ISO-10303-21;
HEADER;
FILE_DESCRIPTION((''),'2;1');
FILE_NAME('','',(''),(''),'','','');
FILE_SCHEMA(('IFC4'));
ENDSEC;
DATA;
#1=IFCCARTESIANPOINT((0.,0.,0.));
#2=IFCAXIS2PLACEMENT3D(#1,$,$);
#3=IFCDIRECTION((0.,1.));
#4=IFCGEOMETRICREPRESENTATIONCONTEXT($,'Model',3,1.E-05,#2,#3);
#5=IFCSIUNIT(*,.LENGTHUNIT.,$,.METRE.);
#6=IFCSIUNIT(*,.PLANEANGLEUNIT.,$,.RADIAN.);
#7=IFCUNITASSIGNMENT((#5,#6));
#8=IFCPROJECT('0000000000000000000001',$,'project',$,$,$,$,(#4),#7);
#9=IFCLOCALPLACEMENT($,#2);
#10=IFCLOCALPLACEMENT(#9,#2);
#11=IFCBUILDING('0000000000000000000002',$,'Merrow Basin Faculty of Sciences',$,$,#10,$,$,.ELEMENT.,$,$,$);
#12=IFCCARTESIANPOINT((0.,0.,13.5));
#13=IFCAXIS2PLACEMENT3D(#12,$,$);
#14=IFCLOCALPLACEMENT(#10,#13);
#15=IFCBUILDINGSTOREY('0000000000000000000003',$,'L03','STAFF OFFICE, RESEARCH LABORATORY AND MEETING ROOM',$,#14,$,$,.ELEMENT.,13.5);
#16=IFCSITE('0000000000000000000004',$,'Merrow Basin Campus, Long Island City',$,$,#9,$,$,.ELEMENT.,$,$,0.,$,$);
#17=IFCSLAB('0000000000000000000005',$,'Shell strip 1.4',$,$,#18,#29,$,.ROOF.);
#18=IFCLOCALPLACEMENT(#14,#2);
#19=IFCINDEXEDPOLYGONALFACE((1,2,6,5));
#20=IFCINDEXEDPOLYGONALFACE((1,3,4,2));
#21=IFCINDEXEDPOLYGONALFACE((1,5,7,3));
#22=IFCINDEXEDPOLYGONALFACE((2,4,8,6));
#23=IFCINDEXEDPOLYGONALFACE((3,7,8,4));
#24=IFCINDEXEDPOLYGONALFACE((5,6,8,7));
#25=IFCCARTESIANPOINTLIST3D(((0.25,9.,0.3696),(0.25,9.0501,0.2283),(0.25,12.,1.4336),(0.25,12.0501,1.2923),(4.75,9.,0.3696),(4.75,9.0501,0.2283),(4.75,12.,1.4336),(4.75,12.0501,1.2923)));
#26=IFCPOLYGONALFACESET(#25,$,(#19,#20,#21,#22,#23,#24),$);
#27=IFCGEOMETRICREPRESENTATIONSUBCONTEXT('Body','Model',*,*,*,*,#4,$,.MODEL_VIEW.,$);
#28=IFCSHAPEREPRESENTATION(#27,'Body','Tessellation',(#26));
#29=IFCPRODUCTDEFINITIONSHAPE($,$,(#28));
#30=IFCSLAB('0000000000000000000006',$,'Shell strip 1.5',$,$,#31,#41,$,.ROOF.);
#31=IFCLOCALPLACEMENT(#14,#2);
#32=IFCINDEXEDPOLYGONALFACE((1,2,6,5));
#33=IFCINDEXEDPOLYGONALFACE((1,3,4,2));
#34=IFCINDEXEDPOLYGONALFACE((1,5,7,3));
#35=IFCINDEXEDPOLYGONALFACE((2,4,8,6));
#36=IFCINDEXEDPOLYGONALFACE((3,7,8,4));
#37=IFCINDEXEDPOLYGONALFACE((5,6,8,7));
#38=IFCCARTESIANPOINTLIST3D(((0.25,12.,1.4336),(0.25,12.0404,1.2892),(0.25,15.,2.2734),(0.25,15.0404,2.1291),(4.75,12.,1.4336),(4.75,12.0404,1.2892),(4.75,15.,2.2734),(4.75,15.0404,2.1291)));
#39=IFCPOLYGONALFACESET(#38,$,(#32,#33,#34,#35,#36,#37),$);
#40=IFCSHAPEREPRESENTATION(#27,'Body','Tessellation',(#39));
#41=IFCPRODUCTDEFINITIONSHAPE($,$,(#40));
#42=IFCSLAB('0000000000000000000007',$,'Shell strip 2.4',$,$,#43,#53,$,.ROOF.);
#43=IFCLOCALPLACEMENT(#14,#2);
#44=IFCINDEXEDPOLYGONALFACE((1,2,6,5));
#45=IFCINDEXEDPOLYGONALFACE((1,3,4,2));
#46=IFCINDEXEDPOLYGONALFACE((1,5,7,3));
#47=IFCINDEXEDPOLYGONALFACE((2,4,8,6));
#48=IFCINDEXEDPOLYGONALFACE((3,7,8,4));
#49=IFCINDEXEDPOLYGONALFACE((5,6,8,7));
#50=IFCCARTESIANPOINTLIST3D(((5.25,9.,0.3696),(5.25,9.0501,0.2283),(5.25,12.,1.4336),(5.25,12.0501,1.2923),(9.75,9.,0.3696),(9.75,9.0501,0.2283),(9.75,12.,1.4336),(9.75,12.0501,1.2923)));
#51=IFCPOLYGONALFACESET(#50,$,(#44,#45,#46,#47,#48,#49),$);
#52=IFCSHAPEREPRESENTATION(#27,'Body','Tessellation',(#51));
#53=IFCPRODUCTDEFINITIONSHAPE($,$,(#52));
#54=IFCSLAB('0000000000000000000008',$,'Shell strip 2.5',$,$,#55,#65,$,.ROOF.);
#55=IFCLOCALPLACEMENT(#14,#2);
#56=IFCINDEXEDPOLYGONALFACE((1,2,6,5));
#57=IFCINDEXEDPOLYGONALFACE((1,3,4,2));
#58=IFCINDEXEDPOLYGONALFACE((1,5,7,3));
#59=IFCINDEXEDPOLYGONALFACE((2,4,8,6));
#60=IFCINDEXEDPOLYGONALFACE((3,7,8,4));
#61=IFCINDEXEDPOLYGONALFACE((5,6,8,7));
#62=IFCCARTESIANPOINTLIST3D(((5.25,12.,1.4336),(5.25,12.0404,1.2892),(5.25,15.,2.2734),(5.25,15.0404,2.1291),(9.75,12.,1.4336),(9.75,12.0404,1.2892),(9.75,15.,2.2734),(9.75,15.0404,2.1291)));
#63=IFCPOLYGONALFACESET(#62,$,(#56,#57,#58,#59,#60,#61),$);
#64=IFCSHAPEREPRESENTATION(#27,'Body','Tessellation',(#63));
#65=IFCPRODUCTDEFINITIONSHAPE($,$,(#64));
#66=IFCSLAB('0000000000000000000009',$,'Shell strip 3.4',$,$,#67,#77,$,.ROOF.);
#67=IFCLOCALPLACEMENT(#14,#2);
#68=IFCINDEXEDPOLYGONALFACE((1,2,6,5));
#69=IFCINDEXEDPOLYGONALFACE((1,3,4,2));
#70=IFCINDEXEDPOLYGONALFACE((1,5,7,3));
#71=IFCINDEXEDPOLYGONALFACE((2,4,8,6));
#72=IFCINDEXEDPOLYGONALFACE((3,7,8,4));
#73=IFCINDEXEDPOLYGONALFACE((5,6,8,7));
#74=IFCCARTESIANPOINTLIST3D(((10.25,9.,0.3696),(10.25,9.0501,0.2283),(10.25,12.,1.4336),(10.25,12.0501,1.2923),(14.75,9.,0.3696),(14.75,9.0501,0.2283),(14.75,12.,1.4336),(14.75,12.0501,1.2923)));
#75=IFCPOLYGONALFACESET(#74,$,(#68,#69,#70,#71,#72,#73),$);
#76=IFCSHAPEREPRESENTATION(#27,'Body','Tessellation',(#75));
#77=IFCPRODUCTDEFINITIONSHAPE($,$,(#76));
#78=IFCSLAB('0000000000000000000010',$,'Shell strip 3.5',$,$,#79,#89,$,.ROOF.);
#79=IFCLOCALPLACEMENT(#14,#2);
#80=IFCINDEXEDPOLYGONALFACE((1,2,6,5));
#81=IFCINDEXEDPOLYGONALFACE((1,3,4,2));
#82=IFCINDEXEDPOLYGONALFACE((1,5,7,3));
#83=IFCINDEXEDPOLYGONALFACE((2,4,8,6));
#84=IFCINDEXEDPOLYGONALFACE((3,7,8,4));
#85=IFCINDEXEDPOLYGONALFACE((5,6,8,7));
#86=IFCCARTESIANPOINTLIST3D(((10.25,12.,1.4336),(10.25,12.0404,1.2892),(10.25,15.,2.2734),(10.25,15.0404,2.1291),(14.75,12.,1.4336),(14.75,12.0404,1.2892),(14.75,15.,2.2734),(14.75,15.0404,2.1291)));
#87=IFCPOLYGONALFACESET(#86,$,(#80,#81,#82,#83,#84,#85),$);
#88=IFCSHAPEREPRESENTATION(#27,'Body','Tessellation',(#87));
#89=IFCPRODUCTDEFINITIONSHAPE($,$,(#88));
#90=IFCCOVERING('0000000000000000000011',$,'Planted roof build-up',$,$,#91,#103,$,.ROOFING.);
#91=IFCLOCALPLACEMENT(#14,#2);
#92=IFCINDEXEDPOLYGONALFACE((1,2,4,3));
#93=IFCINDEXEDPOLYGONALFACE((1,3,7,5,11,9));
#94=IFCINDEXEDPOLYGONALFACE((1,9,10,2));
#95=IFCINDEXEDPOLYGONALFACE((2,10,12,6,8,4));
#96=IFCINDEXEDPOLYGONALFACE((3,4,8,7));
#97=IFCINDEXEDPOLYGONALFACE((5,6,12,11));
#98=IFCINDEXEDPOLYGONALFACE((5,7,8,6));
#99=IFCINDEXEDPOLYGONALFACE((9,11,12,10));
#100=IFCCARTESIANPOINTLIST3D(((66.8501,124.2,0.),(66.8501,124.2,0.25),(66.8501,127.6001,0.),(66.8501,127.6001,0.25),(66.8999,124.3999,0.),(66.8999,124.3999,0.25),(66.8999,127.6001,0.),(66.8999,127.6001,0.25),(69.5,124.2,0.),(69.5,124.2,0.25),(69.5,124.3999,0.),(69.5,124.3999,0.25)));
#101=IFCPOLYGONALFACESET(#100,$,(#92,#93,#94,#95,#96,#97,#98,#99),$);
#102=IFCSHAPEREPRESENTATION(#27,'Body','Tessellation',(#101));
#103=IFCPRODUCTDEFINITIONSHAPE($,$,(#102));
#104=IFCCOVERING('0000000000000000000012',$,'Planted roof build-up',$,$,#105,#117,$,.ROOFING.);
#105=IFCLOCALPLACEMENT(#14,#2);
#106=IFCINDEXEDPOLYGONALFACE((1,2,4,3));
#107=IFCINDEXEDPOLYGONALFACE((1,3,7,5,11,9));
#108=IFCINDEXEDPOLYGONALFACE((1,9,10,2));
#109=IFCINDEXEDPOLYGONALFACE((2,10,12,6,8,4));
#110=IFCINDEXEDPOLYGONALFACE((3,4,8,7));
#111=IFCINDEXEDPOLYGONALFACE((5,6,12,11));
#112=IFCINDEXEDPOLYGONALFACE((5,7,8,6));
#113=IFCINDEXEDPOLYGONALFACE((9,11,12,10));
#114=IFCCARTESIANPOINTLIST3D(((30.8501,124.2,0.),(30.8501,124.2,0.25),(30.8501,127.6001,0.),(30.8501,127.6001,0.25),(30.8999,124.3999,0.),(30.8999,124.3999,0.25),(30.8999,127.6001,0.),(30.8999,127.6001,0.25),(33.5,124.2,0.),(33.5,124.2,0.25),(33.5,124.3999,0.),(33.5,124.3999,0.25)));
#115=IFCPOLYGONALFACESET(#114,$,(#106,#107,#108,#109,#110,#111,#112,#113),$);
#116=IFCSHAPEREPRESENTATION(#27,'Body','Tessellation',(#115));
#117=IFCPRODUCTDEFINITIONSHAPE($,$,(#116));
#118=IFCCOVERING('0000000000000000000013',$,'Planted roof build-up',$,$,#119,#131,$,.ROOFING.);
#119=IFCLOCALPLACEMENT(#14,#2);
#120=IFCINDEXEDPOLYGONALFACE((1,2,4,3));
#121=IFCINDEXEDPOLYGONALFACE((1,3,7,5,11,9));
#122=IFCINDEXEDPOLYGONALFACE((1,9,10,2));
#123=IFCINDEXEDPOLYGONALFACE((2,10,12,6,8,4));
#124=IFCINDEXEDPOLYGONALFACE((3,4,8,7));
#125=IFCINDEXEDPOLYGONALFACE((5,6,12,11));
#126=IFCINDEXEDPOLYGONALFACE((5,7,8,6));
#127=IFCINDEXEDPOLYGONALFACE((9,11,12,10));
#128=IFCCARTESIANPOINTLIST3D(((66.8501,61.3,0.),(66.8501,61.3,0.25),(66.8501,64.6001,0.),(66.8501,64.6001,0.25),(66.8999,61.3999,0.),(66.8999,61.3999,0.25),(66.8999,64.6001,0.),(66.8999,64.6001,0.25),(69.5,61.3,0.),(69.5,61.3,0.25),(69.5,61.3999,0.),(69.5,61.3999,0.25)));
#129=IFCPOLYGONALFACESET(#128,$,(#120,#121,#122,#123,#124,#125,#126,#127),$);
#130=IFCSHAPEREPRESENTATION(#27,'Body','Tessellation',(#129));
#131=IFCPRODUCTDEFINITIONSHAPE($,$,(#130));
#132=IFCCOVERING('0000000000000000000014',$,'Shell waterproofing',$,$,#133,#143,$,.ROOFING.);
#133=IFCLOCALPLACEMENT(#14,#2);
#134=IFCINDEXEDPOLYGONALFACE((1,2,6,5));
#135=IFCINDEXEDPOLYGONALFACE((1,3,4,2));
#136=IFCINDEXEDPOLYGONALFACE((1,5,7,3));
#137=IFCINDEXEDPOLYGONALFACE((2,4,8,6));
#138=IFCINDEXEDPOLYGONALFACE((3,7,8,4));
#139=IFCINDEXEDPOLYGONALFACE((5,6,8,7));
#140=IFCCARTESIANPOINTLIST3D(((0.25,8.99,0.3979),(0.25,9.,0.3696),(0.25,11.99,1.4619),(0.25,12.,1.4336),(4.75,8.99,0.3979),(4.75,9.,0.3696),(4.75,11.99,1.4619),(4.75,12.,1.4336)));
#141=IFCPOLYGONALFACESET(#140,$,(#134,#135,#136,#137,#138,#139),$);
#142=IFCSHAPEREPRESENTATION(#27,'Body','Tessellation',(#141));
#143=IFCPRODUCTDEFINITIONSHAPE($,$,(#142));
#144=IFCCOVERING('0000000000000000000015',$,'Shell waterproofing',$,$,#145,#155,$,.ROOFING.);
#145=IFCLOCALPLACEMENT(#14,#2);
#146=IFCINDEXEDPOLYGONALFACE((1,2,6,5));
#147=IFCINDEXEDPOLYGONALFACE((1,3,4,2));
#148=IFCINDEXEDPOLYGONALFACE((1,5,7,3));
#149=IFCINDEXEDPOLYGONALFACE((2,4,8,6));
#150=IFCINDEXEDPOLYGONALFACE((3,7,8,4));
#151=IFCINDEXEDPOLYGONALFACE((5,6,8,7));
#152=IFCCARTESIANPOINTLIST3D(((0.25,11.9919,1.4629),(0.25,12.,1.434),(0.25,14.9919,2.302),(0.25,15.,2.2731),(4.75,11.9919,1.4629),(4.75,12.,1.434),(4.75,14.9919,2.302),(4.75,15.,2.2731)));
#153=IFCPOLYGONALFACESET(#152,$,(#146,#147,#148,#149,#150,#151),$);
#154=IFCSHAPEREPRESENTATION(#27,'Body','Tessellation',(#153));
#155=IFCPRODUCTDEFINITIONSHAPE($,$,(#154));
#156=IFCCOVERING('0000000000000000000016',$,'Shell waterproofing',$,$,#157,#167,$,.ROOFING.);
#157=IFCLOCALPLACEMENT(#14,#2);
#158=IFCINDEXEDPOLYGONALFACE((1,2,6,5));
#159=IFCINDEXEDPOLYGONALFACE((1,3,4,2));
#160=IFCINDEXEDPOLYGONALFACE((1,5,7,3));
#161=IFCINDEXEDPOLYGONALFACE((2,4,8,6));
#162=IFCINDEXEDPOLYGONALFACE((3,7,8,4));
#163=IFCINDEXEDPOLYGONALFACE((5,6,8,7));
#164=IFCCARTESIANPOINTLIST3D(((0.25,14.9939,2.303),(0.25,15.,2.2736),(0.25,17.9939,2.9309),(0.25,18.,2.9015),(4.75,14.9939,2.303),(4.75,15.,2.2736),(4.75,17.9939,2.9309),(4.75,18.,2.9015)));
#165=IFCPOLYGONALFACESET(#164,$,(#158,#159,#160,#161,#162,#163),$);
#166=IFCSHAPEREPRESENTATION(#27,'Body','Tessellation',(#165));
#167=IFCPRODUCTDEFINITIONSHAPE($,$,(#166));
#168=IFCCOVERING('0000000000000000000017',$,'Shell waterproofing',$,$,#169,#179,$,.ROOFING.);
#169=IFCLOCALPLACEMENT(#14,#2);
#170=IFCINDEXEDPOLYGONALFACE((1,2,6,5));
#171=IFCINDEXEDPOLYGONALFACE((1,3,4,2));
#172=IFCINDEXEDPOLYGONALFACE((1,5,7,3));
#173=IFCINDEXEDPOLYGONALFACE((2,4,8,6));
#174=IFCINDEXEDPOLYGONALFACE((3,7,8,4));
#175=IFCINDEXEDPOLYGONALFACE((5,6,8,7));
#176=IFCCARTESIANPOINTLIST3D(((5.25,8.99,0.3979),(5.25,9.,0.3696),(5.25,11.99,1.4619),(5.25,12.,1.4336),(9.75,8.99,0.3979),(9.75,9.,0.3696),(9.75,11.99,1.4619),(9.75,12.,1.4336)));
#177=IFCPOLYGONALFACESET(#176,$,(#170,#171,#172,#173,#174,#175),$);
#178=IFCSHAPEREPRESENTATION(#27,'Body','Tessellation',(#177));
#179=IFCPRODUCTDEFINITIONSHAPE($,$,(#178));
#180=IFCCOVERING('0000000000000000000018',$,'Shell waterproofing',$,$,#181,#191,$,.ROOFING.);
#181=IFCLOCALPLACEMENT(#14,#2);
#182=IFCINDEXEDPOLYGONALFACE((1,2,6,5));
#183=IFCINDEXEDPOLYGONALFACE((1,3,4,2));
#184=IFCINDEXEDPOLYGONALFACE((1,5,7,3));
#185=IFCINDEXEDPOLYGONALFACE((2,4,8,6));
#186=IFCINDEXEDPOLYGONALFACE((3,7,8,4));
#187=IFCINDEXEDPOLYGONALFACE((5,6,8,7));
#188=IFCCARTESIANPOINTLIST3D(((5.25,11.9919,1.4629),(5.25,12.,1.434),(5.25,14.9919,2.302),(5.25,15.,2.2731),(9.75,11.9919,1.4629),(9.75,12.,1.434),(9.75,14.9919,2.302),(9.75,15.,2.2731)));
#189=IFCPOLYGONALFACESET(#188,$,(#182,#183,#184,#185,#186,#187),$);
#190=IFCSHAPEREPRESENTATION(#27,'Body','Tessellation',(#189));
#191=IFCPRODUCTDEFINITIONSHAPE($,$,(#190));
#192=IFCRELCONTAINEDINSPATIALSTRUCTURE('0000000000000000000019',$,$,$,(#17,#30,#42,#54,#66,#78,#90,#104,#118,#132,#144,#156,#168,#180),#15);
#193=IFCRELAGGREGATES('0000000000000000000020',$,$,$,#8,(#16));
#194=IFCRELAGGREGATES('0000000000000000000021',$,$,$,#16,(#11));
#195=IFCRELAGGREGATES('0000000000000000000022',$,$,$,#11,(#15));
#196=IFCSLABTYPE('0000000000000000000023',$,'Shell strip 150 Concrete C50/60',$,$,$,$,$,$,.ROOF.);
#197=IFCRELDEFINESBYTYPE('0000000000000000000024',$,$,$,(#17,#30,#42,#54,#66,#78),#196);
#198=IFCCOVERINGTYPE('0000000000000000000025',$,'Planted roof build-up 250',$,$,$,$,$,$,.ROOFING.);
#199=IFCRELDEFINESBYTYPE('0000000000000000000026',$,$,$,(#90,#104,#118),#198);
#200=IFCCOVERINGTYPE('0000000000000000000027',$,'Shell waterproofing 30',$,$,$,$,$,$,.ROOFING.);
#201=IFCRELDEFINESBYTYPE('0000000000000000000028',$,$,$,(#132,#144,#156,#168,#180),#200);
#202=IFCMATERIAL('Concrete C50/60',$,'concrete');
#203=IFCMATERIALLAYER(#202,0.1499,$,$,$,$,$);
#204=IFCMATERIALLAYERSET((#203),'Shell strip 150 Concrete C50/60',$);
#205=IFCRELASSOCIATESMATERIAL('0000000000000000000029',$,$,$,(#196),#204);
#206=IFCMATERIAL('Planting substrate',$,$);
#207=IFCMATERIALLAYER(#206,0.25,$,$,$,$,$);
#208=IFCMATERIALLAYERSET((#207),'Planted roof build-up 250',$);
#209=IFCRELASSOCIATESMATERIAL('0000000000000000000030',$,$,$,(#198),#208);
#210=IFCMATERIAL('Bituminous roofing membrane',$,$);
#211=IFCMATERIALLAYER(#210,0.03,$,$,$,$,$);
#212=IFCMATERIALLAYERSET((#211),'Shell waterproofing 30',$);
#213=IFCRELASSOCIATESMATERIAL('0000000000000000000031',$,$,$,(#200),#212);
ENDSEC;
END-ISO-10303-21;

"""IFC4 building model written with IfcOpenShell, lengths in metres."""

from ifc_helpers import new_model, si_unit, direction, frame, origin, place, context, subcontext, project, spatial, polyline, outline, extrude, material, layer, layer_set, type_object, element, save


model = new_model("IFC4")

# Units and contexts
model_context = context("Model", 3, precision=1e-05, world=origin(), true_north=direction((0.0, 1.0)))
body_context = subcontext(model_context, "Body", "Model", "MODEL_VIEW")
ifc_project = project(units=[si_unit("LENGTHUNIT", "METRE"), si_unit("PLANEANGLEUNIT", "RADIAN")], contexts=[model_context])

# Site, building, storey
site_placement = place(None, origin())
site = spatial("IfcSite", under=ifc_project, at=site_placement, Name="Merrow Basin Campus, Long Island City", CompositionType="ELEMENT", RefElevation=0.0)
building_placement = place(site_placement, origin())
building = spatial("IfcBuilding", under=site, at=building_placement, Name="Merrow Basin Faculty of Sciences", CompositionType="ELEMENT")
storey_placement = place(building_placement, frame((0.0, 0.0, 13.5)))
storey = spatial("IfcBuildingStorey", under=building, at=storey_placement, Name="L03", Description="STAFF OFFICE, RESEARCH LABORATORY AND MEETING ROOM", CompositionType="ELEMENT", Elevation=13.5)

# Slabs
ifc_material_1 = material(Name="Concrete C50/60", Category="concrete")
ifc_layer_1 = layer(ifc_material_1, 0.1499)
ifc_layer_set_1 = layer_set([ifc_layer_1], Name="Shell strip 150 Concrete C50/60")
slab_type = type_object("IfcSlabType", Name="Shell strip 150 Concrete C50/60", PredefinedType="ROOF", material=ifc_layer_set_1)
slab_1_placement = place(storey_placement, frame((0.25, 9.0, 0.3696), z_axis=(0.0, -0.334256, 0.942482), x_axis=(1.0, 0.0, 0.0)))
element("IfcSlab", 1, at=slab_1_placement, inside=storey, type_object=slab_type, Name="Shell strip 1.4", PredefinedType="ROOF", context=body_context, shape_type="SweptSolid", body=[
    extrude(outline(polyline([(0.0, 0.0), (4.5, 0.0), (4.5, 3.1831), (0.0, 3.1831), (0.0, 0.0)])), origin(), (0.0, 0.0, -1.0), 0.1499),
])
slab_2_placement = place(storey_placement, frame((0.25, 12.0, 1.4336), z_axis=(0.0, -0.269583, 0.962977), x_axis=(1.0, 0.0, 0.0)))
element("IfcSlab", 2, at=slab_2_placement, inside=storey, type_object=slab_type, Name="Shell strip 1.5", PredefinedType="ROOF", context=body_context, shape_type="SweptSolid", body=[
    extrude(outline(polyline([(0.0, 0.0), (4.5, 0.0), (4.5, 3.1153), (0.0, 3.1153), (0.0, 0.0)])), origin(), (0.0, 0.0, -1.0), 0.1499),
])
slab_3_placement = place(storey_placement, frame((5.25, 9.0, 0.3696), z_axis=(0.0, -0.334256, 0.942482), x_axis=(1.0, 0.0, 0.0)))
element("IfcSlab", 3, at=slab_3_placement, inside=storey, type_object=slab_type, Name="Shell strip 2.4", PredefinedType="ROOF", context=body_context, shape_type="SweptSolid", body=[
    extrude(outline(polyline([(0.0, 0.0), (4.5, 0.0), (4.5, 3.1831), (0.0, 3.1831), (0.0, 0.0)])), origin(), (0.0, 0.0, -1.0), 0.1499),
])
slab_4_placement = place(storey_placement, frame((5.25, 12.0, 1.4336), z_axis=(0.0, -0.269583, 0.962977), x_axis=(1.0, 0.0, 0.0)))
element("IfcSlab", 4, at=slab_4_placement, inside=storey, type_object=slab_type, Name="Shell strip 2.5", PredefinedType="ROOF", context=body_context, shape_type="SweptSolid", body=[
    extrude(outline(polyline([(0.0, 0.0), (4.5, 0.0), (4.5, 3.1153), (0.0, 3.1153), (0.0, 0.0)])), origin(), (0.0, 0.0, -1.0), 0.1499),
])
slab_5_placement = place(storey_placement, frame((10.25, 9.0, 0.3696), z_axis=(0.0, -0.334256, 0.942482), x_axis=(1.0, 0.0, 0.0)))
element("IfcSlab", 5, at=slab_5_placement, inside=storey, type_object=slab_type, Name="Shell strip 3.4", PredefinedType="ROOF", context=body_context, shape_type="SweptSolid", body=[
    extrude(outline(polyline([(0.0, 0.0), (4.5, 0.0), (4.5, 3.1831), (0.0, 3.1831), (0.0, 0.0)])), origin(), (0.0, 0.0, -1.0), 0.1499),
])
slab_6_placement = place(storey_placement, frame((10.25, 12.0, 1.4336), z_axis=(0.0, -0.269583, 0.962977), x_axis=(1.0, 0.0, 0.0)))
element("IfcSlab", 6, at=slab_6_placement, inside=storey, type_object=slab_type, Name="Shell strip 3.5", PredefinedType="ROOF", context=body_context, shape_type="SweptSolid", body=[
    extrude(outline(polyline([(0.0, 0.0), (4.5, 0.0), (4.5, 3.1153), (0.0, 3.1153), (0.0, 0.0)])), origin(), (0.0, 0.0, -1.0), 0.1499),
])

# Coverings
ifc_material_2 = material(Name="Planting substrate")
ifc_layer_2 = layer(ifc_material_2, 0.25)
ifc_layer_set_2 = layer_set([ifc_layer_2], Name="Planted roof build-up 250")
covering_type_1 = type_object("IfcCoveringType", Name="Planted roof build-up 250", PredefinedType="ROOFING", material=ifc_layer_set_2)
covering_1_placement = place(storey_placement, origin())
element("IfcCovering", 7, at=covering_1_placement, inside=storey, type_object=covering_type_1, Name="Planted roof build-up", PredefinedType="ROOFING", context=body_context, shape_type="SweptSolid", body=[
    extrude(outline(polyline([(66.8999, 127.6001), (66.8999, 124.3999), (69.5, 124.3999), (69.5, 124.2), (66.8501, 124.2), (66.8501, 127.6001), (66.8999, 127.6001)])), origin(), (0.0, 0.0, 1.0), 0.25),
])
covering_2_placement = place(storey_placement, origin())
element("IfcCovering", 8, at=covering_2_placement, inside=storey, type_object=covering_type_1, Name="Planted roof build-up", PredefinedType="ROOFING", context=body_context, shape_type="SweptSolid", body=[
    extrude(outline(polyline([(30.8999, 127.6001), (30.8999, 124.3999), (33.5, 124.3999), (33.5, 124.2), (30.8501, 124.2), (30.8501, 127.6001), (30.8999, 127.6001)])), origin(), (0.0, 0.0, 1.0), 0.25),
])
covering_3_placement = place(storey_placement, origin())
element("IfcCovering", 9, at=covering_3_placement, inside=storey, type_object=covering_type_1, Name="Planted roof build-up", PredefinedType="ROOFING", context=body_context, shape_type="SweptSolid", body=[
    extrude(outline(polyline([(66.8501, 64.6001), (66.8999, 64.6001), (66.8999, 61.3999), (69.5, 61.3999), (69.5, 61.3), (66.8501, 61.3), (66.8501, 64.6001)])), origin(), (0.0, 0.0, 1.0), 0.25),
])
ifc_material_3 = material(Name="Bituminous roofing membrane")
ifc_layer_3 = layer(ifc_material_3, 0.03)
ifc_layer_set_3 = layer_set([ifc_layer_3], Name="Shell waterproofing 30")
covering_type_2 = type_object("IfcCoveringType", Name="Shell waterproofing 30", PredefinedType="ROOFING", material=ifc_layer_set_3)
covering_4_placement = place(storey_placement, frame((0.25, 8.99, 0.3979), z_axis=(0.0, -0.334256, 0.942482), x_axis=(1.0, 0.0, 0.0)))
element("IfcCovering", 10, at=covering_4_placement, inside=storey, type_object=covering_type_2, Name="Shell waterproofing", PredefinedType="ROOFING", context=body_context, shape_type="SweptSolid", body=[
    extrude(outline(polyline([(0.0, 0.0), (4.5, 0.0), (4.5, 3.1831), (0.0, 3.1831), (0.0, 0.0)])), origin(), (0.0, 0.0, -1.0), 0.03),
])
covering_5_placement = place(storey_placement, frame((0.25, 11.9919, 1.4629), z_axis=(0.0, -0.269365, 0.963038), x_axis=(1.0, 0.0, 0.0)))
element("IfcCovering", 11, at=covering_5_placement, inside=storey, type_object=covering_type_2, Name="Shell waterproofing", PredefinedType="ROOFING", context=body_context, shape_type="SweptSolid", body=[
    extrude(outline(polyline([(0.0, 0.0), (4.5, 0.0), (4.5, 3.1151), (0.0, 3.1151), (0.0, 0.0)])), origin(), (0.0, 0.0, -1.0), 0.03),
])
covering_6_placement = place(storey_placement, frame((0.25, 14.9939, 2.303), z_axis=(0.0, -0.20487, 0.978789), x_axis=(1.0, 0.0, 0.0)))
element("IfcCovering", 12, at=covering_6_placement, inside=storey, type_object=covering_type_2, Name="Shell waterproofing", PredefinedType="ROOFING", context=body_context, shape_type="SweptSolid", body=[
    extrude(outline(polyline([(0.0, 0.0), (4.5, 0.0), (4.5, 3.065), (0.0, 3.065), (0.0, 0.0)])), origin(), (0.0, 0.0, -1.0), 0.03),
])
covering_7_placement = place(storey_placement, frame((5.25, 8.99, 0.3979), z_axis=(0.0, -0.334256, 0.942482), x_axis=(1.0, 0.0, 0.0)))
element("IfcCovering", 13, at=covering_7_placement, inside=storey, type_object=covering_type_2, Name="Shell waterproofing", PredefinedType="ROOFING", context=body_context, shape_type="SweptSolid", body=[
    extrude(outline(polyline([(0.0, 0.0), (4.5, 0.0), (4.5, 3.1831), (0.0, 3.1831), (0.0, 0.0)])), origin(), (0.0, 0.0, -1.0), 0.03),
])
covering_8_placement = place(storey_placement, frame((5.25, 11.9919, 1.4629), z_axis=(0.0, -0.269365, 0.963038), x_axis=(1.0, 0.0, 0.0)))
element("IfcCovering", 14, at=covering_8_placement, inside=storey, type_object=covering_type_2, Name="Shell waterproofing", PredefinedType="ROOFING", context=body_context, shape_type="SweptSolid", body=[
    extrude(outline(polyline([(0.0, 0.0), (4.5, 0.0), (4.5, 3.1151), (0.0, 3.1151), (0.0, 0.0)])), origin(), (0.0, 0.0, -1.0), 0.03),
])

save(model, "model.ifc")
